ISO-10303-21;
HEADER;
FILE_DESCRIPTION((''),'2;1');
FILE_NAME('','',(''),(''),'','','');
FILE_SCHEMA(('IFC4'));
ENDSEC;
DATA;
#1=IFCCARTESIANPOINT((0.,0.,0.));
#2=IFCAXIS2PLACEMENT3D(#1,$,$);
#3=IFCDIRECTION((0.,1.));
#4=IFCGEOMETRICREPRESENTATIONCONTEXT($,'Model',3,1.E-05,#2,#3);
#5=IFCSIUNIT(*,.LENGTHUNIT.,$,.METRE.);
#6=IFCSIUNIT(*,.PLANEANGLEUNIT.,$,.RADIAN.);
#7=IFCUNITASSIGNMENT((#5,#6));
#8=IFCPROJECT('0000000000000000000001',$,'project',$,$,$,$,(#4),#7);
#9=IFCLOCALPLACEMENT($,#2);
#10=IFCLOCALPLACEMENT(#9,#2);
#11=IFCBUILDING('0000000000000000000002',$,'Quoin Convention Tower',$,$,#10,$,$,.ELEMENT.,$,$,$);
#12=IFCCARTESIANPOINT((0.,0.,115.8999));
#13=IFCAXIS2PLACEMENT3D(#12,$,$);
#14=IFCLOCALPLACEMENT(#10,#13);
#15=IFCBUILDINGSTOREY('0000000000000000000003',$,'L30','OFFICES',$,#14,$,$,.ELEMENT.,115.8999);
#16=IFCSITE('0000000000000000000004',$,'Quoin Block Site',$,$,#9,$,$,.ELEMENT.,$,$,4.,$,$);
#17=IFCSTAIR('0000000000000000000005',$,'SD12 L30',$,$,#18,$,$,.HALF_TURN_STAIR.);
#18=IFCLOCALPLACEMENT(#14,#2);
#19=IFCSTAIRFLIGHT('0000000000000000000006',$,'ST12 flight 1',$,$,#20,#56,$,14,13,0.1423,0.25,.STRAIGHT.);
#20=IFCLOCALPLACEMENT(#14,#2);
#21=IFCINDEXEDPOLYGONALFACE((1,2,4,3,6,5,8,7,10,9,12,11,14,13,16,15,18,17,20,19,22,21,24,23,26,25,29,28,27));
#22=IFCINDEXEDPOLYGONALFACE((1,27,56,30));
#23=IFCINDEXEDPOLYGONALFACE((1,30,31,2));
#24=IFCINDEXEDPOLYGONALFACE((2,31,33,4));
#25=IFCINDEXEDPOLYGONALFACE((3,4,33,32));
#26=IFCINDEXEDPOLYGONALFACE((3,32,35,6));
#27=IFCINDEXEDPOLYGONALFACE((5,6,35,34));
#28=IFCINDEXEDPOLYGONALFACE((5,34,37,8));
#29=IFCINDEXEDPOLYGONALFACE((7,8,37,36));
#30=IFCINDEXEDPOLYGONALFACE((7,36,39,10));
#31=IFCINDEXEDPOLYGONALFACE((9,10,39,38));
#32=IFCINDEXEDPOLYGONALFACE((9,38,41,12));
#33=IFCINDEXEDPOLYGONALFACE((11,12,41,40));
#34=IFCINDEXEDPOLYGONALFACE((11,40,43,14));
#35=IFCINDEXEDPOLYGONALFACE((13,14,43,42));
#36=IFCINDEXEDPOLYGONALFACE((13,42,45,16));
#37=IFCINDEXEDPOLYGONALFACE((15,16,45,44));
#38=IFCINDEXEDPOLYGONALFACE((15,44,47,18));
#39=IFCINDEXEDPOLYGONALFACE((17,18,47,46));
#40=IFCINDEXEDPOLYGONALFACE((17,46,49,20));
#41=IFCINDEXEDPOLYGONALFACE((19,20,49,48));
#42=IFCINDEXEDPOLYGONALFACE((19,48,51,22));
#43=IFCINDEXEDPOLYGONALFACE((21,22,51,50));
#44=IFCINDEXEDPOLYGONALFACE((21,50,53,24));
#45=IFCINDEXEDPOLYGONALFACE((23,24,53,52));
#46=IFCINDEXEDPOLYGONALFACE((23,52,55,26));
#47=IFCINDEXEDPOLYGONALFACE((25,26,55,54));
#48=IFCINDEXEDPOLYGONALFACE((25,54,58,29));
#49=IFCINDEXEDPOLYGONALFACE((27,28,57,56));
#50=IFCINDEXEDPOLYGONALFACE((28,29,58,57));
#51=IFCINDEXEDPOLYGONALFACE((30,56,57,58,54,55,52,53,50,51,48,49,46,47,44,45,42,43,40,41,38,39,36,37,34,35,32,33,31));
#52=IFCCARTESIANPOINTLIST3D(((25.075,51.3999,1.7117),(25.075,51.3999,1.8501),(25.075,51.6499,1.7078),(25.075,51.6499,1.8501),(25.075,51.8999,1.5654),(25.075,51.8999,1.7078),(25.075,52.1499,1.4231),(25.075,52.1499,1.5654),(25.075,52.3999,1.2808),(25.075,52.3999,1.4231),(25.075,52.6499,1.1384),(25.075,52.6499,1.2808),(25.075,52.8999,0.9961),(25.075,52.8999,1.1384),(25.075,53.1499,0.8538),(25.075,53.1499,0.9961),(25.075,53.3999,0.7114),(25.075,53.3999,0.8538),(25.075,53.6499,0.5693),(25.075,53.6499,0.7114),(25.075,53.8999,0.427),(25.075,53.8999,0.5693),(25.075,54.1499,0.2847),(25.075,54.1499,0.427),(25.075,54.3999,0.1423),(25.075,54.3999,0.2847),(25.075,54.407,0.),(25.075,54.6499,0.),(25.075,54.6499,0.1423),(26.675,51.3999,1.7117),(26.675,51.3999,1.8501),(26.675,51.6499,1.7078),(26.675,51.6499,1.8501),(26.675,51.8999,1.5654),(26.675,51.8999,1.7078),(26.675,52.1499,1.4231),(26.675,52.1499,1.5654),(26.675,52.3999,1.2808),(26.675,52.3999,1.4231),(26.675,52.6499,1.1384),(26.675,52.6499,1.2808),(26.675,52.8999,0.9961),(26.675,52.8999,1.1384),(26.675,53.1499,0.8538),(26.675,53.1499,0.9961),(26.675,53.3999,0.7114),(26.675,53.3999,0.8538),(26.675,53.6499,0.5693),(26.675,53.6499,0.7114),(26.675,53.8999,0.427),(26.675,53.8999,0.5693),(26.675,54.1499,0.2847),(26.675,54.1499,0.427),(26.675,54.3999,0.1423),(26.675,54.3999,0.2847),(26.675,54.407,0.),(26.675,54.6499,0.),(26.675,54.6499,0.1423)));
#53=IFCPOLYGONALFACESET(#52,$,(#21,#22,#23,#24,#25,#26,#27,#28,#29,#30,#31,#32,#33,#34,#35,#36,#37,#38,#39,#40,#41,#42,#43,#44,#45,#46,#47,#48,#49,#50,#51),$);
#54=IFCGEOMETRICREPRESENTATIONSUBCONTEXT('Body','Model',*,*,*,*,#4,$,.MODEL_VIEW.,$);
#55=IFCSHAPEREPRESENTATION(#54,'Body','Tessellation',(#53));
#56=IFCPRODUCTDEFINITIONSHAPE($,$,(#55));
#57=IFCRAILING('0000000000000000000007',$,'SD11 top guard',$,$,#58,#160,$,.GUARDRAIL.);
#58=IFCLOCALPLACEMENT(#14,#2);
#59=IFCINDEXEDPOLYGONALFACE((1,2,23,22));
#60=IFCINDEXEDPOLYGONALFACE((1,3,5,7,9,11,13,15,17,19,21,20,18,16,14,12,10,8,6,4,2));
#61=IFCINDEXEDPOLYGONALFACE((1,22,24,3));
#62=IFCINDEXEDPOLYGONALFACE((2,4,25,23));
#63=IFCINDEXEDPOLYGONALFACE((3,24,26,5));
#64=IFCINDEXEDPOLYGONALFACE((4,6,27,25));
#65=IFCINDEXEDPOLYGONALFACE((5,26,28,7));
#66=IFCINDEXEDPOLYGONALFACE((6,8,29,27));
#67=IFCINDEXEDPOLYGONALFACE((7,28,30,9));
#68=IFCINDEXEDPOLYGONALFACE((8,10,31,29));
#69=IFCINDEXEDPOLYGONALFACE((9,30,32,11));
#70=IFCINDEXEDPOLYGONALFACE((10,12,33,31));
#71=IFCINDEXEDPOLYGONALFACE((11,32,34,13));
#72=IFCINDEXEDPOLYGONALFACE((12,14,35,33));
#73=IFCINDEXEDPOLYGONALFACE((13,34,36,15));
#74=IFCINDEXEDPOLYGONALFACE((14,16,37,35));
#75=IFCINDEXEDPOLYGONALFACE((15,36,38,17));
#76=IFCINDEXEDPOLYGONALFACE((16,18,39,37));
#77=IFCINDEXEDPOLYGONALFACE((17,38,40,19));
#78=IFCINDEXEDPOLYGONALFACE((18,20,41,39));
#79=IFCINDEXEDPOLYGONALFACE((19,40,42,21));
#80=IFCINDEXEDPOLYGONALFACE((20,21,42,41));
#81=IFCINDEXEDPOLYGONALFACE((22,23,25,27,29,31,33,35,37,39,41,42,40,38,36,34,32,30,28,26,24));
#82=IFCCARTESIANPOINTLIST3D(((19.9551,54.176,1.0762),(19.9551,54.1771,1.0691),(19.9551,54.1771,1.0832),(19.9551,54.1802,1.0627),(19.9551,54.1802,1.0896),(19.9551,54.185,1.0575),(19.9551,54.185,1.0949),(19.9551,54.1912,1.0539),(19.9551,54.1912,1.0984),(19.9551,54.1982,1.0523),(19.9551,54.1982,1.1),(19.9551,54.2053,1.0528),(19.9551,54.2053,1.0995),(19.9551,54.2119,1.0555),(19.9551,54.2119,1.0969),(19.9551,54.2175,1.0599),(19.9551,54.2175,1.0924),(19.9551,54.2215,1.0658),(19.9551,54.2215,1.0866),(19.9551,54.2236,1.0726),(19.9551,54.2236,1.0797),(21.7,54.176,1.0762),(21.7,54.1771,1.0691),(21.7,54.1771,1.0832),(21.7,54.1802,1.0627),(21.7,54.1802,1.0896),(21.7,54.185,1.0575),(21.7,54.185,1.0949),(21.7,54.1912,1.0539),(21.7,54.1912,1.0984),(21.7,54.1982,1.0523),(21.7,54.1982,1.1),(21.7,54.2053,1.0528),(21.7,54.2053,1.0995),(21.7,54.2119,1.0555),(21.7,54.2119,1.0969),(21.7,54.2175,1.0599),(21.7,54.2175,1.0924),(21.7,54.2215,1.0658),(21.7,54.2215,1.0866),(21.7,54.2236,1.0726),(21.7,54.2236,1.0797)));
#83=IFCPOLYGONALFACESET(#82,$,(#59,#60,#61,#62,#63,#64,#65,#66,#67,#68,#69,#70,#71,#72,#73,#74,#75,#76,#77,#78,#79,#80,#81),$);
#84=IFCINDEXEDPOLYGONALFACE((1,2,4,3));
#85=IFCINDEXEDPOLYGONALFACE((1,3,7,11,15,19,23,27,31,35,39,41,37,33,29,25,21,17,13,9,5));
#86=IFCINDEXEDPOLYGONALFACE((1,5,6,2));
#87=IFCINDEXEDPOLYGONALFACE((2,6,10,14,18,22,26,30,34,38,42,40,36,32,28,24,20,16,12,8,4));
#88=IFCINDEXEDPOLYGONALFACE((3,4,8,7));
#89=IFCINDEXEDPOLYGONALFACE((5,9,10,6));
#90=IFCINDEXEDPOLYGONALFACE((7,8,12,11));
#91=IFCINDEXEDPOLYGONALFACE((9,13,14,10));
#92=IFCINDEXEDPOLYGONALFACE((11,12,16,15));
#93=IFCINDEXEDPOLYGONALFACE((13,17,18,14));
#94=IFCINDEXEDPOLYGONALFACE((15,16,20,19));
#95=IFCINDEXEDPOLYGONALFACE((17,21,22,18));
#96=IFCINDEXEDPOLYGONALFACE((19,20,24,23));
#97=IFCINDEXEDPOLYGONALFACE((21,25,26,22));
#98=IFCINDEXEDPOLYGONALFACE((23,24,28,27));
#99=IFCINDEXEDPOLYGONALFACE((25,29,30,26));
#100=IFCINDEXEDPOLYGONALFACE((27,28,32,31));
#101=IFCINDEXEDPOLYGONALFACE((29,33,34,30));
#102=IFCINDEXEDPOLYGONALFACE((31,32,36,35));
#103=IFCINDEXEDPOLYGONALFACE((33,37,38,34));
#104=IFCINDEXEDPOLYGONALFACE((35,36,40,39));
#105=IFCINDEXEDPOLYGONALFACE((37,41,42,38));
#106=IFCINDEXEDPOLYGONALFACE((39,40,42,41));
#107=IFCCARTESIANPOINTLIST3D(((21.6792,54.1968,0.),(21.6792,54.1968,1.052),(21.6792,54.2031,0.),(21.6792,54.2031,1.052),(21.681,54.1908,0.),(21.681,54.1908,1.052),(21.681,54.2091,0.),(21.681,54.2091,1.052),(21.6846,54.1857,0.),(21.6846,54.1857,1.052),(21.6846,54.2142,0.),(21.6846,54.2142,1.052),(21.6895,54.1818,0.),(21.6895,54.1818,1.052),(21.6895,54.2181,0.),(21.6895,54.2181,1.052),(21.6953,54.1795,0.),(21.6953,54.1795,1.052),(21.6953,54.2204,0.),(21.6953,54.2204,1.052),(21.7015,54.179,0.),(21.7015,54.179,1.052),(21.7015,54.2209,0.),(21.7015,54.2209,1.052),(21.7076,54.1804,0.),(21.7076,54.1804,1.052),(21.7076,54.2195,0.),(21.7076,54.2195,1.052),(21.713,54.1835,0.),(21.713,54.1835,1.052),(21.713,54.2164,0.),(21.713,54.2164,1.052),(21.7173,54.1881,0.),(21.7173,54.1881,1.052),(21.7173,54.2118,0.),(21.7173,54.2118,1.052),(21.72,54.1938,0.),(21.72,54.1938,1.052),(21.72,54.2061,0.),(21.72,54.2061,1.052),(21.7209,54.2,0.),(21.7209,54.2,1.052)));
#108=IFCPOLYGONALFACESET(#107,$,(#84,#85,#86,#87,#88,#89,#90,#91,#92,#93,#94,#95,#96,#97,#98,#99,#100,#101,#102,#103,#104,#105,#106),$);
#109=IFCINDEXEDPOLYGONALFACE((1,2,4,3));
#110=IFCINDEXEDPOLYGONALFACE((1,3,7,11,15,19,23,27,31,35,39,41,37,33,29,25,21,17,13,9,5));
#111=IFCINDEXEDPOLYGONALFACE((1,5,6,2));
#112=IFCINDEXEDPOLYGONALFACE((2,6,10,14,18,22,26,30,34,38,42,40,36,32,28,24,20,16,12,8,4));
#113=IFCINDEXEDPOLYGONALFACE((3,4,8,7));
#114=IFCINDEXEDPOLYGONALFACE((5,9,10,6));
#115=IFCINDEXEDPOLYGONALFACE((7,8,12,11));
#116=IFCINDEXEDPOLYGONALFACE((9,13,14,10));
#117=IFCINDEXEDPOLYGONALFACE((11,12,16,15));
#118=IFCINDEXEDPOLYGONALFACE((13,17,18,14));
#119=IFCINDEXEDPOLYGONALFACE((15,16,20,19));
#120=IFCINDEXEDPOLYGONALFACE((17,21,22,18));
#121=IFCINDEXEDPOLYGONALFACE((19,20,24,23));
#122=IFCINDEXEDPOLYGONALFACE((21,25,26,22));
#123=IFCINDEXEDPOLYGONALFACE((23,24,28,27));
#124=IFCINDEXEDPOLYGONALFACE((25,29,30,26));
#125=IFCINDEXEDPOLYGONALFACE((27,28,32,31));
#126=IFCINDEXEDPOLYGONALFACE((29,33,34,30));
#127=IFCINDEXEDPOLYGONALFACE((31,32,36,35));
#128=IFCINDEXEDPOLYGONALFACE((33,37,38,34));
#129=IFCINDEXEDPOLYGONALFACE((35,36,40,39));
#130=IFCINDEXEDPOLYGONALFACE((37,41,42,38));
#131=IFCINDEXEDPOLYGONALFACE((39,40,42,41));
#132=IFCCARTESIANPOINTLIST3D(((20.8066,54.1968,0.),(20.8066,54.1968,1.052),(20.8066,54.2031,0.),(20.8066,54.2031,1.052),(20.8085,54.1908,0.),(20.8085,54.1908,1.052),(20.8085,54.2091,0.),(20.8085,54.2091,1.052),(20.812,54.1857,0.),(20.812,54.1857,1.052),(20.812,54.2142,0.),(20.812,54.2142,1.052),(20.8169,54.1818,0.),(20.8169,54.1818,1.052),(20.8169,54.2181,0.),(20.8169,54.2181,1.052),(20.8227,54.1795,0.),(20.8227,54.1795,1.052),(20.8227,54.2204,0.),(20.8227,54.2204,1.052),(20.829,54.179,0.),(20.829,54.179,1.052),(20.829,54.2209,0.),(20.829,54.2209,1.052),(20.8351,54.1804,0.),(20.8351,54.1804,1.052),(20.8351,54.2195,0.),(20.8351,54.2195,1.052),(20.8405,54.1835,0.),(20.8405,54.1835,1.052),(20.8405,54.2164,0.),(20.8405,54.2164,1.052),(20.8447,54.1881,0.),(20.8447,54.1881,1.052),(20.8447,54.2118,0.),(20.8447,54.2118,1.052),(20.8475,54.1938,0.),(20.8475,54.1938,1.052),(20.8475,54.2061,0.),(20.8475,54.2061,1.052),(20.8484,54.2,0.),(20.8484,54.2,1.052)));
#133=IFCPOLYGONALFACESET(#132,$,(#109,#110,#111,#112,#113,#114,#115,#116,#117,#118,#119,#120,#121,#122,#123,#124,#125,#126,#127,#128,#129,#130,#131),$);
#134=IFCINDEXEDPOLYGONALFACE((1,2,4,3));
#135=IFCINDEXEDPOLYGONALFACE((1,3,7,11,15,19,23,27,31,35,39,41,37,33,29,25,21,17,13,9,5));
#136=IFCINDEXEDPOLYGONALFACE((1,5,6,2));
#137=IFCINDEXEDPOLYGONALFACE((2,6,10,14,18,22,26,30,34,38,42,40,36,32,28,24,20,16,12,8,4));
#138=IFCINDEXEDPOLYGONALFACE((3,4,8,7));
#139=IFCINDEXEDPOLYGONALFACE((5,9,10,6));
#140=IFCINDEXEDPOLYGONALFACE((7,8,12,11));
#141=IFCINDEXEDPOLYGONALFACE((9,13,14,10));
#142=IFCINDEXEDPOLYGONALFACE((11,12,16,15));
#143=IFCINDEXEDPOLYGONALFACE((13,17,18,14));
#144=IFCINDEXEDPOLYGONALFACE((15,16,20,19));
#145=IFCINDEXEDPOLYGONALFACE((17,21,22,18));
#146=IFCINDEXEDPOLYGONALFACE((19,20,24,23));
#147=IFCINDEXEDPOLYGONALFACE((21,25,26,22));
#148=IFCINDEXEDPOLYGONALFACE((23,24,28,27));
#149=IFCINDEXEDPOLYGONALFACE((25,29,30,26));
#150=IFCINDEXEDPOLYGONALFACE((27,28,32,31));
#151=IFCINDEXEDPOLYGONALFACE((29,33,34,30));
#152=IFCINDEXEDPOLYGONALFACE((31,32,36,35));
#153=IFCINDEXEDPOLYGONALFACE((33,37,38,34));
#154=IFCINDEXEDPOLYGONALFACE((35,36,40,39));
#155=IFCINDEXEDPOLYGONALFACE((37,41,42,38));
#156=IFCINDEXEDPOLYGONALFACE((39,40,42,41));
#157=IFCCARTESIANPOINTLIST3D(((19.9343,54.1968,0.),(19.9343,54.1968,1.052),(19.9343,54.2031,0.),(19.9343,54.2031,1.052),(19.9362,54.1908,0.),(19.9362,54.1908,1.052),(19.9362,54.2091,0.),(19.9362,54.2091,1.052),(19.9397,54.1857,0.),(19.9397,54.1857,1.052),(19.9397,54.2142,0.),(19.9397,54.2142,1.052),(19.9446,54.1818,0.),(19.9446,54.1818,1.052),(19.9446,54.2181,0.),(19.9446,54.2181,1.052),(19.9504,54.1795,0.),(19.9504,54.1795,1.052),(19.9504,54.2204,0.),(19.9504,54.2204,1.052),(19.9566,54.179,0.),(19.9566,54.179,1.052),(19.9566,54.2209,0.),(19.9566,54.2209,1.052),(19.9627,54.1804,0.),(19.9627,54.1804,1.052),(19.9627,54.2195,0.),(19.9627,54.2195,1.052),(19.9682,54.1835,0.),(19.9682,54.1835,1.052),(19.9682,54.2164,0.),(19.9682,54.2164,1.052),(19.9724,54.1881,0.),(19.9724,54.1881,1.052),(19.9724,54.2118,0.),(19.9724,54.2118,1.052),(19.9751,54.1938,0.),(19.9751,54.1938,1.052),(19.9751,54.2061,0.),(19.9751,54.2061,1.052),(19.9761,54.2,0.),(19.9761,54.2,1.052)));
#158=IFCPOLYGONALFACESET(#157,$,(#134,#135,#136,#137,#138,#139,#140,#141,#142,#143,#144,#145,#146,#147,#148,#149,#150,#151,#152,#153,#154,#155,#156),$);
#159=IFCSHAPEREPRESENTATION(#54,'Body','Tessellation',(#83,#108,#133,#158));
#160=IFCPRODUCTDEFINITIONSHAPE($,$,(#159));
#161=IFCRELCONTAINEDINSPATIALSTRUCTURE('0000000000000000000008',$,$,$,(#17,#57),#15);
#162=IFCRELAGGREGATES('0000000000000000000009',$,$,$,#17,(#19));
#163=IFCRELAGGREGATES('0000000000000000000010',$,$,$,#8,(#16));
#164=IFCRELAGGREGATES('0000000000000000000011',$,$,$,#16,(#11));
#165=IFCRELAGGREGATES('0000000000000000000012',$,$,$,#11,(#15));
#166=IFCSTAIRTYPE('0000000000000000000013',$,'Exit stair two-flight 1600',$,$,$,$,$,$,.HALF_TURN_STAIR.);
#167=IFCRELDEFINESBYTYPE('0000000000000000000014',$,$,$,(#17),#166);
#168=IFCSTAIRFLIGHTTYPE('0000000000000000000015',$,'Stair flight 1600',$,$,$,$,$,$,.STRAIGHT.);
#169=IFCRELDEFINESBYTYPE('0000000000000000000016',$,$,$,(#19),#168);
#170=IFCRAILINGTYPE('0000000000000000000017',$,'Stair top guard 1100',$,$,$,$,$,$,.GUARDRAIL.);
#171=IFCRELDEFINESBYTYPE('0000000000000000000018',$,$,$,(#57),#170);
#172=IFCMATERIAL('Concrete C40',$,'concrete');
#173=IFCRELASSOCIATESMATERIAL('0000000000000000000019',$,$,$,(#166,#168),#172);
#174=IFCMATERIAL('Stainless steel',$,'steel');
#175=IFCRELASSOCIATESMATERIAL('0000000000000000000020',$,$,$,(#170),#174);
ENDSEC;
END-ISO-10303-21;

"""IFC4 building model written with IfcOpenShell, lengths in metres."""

from ifc_helpers import new_model, si_unit, direction, frame, origin, origin_2d, place, context, subcontext, project, spatial, polyline, circle, outline, extrude, material, type_object, element, aggregate, save


model = new_model("IFC4")

# Units and contexts
model_context = context("Model", 3, precision=1e-05, world=origin(), true_north=direction((0.0, 1.0)))
body_context = subcontext(model_context, "Body", "Model", "MODEL_VIEW")
ifc_project = project(units=[si_unit("LENGTHUNIT", "METRE"), si_unit("PLANEANGLEUNIT", "RADIAN")], contexts=[model_context])

# Site, building, storey
site_placement = place(None, origin())
site = spatial("IfcSite", under=ifc_project, at=site_placement, Name="Quoin Block Site", CompositionType="ELEMENT", RefElevation=4.0)
building_placement = place(site_placement, origin())
building = spatial("IfcBuilding", under=site, at=building_placement, Name="Quoin Convention Tower", CompositionType="ELEMENT")
storey_placement = place(building_placement, frame((0.0, 0.0, 115.8999)))
storey = spatial("IfcBuildingStorey", under=building, at=storey_placement, Name="L30", Description="OFFICES", CompositionType="ELEMENT", Elevation=115.8999)

# Stair, stair flight
ifc_material_1 = material(Name="Concrete C40", Category="concrete")
stair_type_1 = type_object("IfcStairType", Name="Exit stair two-flight 1600", PredefinedType="HALF_TURN_STAIR", material=ifc_material_1)
stair_flight_type_1 = type_object("IfcStairFlightType", Name="Stair flight 1600", PredefinedType="STRAIGHT", material=ifc_material_1)
stair_1_placement = place(storey_placement, origin())
stair_1 = element("IfcStair", 1, at=stair_1_placement, inside=storey, type_object=stair_type_1, Name="SD12 L30", PredefinedType="HALF_TURN_STAIR")
stair_flight_1_placement = place(storey_placement, frame((25.875, 54.6499, 0.0), z_axis=(0.0, 0.0, 1.0), x_axis=(0.0, -1.0, 0.0)))
stair_flight_1 = element("IfcStairFlight", 2, at=stair_flight_1_placement, type_object=stair_flight_type_1, Name="ST12 flight 1", NumberOfRisers=14, NumberOfTreads=13, PredefinedType="STRAIGHT", RiserHeight=0.1423, TreadLength=0.25, context=body_context, shape_type="SweptSolid", body=[
    extrude(outline(polyline([(0.0, 0.0), (0.0, 0.1423), (0.25, 0.1423), (0.25, 0.2847), (0.5, 0.2847), (0.5, 0.427), (0.75, 0.427), (0.75, 0.5693), (1.0, 0.5693), (1.0, 0.7114), (1.25, 0.7114), (1.25, 0.8538), (1.5, 0.8538), (1.5, 0.9961), (1.75, 0.9961), (1.75, 1.1384), (2.0, 1.1384), (2.0, 1.2808), (2.25, 1.2808), (2.25, 1.4231), (2.5, 1.4231), (2.5, 1.5654), (2.75, 1.5654), (2.75, 1.7078), (3.0, 1.7078), (3.0, 1.8501), (3.25, 1.8501), (3.25, 1.9922), (3.25, 1.7117), (0.2429, 0.0), (0.0, 0.0)])), frame((0.0, 0.8, 0.0), z_axis=(0.0, -1.0, 0.0), x_axis=(1.0, 0.0, 0.0)), (0.0, 0.0, 1.0), 1.6001),
])
aggregate(stair_1, [stair_flight_1])

# Railing
ifc_material_2 = material(Name="Stainless steel", Category="steel")
railing_type_1 = type_object("IfcRailingType", Name="Stair top guard 1100", PredefinedType="GUARDRAIL", material=ifc_material_2)
for number, where, name in (
    (3, (21.7, 54.2, 0.0), "SD11 top guard"),
):
    element("IfcRailing", number, at=place(storey_placement, frame(where)), inside=storey, type_object=railing_type_1, Name=name, PredefinedType="GUARDRAIL", context=body_context, shape_type="SweptSolid", body=[
        extrude(circle(Radius=0.0239, at=origin_2d()), frame((0.0, 0.0, 1.0762), z_axis=(-1.0, 0.0, 0.0), x_axis=(0.0, -1.0, 0.0)), (0.0, 0.0, 1.0), 1.7449),
        extrude(circle(Radius=0.021, at=origin_2d()), origin(), (0.0, 0.0, 1.0), 1.052),
        extrude(circle(Radius=0.021, at=origin_2d()), frame((-0.8726, 0.0, 0.0)), (0.0, 0.0, 1.0), 1.052),
        extrude(circle(Radius=0.021, at=origin_2d()), frame((-1.7449, 0.0, 0.0)), (0.0, 0.0, 1.0), 1.052),
    ])

save(model, "model.ifc")
